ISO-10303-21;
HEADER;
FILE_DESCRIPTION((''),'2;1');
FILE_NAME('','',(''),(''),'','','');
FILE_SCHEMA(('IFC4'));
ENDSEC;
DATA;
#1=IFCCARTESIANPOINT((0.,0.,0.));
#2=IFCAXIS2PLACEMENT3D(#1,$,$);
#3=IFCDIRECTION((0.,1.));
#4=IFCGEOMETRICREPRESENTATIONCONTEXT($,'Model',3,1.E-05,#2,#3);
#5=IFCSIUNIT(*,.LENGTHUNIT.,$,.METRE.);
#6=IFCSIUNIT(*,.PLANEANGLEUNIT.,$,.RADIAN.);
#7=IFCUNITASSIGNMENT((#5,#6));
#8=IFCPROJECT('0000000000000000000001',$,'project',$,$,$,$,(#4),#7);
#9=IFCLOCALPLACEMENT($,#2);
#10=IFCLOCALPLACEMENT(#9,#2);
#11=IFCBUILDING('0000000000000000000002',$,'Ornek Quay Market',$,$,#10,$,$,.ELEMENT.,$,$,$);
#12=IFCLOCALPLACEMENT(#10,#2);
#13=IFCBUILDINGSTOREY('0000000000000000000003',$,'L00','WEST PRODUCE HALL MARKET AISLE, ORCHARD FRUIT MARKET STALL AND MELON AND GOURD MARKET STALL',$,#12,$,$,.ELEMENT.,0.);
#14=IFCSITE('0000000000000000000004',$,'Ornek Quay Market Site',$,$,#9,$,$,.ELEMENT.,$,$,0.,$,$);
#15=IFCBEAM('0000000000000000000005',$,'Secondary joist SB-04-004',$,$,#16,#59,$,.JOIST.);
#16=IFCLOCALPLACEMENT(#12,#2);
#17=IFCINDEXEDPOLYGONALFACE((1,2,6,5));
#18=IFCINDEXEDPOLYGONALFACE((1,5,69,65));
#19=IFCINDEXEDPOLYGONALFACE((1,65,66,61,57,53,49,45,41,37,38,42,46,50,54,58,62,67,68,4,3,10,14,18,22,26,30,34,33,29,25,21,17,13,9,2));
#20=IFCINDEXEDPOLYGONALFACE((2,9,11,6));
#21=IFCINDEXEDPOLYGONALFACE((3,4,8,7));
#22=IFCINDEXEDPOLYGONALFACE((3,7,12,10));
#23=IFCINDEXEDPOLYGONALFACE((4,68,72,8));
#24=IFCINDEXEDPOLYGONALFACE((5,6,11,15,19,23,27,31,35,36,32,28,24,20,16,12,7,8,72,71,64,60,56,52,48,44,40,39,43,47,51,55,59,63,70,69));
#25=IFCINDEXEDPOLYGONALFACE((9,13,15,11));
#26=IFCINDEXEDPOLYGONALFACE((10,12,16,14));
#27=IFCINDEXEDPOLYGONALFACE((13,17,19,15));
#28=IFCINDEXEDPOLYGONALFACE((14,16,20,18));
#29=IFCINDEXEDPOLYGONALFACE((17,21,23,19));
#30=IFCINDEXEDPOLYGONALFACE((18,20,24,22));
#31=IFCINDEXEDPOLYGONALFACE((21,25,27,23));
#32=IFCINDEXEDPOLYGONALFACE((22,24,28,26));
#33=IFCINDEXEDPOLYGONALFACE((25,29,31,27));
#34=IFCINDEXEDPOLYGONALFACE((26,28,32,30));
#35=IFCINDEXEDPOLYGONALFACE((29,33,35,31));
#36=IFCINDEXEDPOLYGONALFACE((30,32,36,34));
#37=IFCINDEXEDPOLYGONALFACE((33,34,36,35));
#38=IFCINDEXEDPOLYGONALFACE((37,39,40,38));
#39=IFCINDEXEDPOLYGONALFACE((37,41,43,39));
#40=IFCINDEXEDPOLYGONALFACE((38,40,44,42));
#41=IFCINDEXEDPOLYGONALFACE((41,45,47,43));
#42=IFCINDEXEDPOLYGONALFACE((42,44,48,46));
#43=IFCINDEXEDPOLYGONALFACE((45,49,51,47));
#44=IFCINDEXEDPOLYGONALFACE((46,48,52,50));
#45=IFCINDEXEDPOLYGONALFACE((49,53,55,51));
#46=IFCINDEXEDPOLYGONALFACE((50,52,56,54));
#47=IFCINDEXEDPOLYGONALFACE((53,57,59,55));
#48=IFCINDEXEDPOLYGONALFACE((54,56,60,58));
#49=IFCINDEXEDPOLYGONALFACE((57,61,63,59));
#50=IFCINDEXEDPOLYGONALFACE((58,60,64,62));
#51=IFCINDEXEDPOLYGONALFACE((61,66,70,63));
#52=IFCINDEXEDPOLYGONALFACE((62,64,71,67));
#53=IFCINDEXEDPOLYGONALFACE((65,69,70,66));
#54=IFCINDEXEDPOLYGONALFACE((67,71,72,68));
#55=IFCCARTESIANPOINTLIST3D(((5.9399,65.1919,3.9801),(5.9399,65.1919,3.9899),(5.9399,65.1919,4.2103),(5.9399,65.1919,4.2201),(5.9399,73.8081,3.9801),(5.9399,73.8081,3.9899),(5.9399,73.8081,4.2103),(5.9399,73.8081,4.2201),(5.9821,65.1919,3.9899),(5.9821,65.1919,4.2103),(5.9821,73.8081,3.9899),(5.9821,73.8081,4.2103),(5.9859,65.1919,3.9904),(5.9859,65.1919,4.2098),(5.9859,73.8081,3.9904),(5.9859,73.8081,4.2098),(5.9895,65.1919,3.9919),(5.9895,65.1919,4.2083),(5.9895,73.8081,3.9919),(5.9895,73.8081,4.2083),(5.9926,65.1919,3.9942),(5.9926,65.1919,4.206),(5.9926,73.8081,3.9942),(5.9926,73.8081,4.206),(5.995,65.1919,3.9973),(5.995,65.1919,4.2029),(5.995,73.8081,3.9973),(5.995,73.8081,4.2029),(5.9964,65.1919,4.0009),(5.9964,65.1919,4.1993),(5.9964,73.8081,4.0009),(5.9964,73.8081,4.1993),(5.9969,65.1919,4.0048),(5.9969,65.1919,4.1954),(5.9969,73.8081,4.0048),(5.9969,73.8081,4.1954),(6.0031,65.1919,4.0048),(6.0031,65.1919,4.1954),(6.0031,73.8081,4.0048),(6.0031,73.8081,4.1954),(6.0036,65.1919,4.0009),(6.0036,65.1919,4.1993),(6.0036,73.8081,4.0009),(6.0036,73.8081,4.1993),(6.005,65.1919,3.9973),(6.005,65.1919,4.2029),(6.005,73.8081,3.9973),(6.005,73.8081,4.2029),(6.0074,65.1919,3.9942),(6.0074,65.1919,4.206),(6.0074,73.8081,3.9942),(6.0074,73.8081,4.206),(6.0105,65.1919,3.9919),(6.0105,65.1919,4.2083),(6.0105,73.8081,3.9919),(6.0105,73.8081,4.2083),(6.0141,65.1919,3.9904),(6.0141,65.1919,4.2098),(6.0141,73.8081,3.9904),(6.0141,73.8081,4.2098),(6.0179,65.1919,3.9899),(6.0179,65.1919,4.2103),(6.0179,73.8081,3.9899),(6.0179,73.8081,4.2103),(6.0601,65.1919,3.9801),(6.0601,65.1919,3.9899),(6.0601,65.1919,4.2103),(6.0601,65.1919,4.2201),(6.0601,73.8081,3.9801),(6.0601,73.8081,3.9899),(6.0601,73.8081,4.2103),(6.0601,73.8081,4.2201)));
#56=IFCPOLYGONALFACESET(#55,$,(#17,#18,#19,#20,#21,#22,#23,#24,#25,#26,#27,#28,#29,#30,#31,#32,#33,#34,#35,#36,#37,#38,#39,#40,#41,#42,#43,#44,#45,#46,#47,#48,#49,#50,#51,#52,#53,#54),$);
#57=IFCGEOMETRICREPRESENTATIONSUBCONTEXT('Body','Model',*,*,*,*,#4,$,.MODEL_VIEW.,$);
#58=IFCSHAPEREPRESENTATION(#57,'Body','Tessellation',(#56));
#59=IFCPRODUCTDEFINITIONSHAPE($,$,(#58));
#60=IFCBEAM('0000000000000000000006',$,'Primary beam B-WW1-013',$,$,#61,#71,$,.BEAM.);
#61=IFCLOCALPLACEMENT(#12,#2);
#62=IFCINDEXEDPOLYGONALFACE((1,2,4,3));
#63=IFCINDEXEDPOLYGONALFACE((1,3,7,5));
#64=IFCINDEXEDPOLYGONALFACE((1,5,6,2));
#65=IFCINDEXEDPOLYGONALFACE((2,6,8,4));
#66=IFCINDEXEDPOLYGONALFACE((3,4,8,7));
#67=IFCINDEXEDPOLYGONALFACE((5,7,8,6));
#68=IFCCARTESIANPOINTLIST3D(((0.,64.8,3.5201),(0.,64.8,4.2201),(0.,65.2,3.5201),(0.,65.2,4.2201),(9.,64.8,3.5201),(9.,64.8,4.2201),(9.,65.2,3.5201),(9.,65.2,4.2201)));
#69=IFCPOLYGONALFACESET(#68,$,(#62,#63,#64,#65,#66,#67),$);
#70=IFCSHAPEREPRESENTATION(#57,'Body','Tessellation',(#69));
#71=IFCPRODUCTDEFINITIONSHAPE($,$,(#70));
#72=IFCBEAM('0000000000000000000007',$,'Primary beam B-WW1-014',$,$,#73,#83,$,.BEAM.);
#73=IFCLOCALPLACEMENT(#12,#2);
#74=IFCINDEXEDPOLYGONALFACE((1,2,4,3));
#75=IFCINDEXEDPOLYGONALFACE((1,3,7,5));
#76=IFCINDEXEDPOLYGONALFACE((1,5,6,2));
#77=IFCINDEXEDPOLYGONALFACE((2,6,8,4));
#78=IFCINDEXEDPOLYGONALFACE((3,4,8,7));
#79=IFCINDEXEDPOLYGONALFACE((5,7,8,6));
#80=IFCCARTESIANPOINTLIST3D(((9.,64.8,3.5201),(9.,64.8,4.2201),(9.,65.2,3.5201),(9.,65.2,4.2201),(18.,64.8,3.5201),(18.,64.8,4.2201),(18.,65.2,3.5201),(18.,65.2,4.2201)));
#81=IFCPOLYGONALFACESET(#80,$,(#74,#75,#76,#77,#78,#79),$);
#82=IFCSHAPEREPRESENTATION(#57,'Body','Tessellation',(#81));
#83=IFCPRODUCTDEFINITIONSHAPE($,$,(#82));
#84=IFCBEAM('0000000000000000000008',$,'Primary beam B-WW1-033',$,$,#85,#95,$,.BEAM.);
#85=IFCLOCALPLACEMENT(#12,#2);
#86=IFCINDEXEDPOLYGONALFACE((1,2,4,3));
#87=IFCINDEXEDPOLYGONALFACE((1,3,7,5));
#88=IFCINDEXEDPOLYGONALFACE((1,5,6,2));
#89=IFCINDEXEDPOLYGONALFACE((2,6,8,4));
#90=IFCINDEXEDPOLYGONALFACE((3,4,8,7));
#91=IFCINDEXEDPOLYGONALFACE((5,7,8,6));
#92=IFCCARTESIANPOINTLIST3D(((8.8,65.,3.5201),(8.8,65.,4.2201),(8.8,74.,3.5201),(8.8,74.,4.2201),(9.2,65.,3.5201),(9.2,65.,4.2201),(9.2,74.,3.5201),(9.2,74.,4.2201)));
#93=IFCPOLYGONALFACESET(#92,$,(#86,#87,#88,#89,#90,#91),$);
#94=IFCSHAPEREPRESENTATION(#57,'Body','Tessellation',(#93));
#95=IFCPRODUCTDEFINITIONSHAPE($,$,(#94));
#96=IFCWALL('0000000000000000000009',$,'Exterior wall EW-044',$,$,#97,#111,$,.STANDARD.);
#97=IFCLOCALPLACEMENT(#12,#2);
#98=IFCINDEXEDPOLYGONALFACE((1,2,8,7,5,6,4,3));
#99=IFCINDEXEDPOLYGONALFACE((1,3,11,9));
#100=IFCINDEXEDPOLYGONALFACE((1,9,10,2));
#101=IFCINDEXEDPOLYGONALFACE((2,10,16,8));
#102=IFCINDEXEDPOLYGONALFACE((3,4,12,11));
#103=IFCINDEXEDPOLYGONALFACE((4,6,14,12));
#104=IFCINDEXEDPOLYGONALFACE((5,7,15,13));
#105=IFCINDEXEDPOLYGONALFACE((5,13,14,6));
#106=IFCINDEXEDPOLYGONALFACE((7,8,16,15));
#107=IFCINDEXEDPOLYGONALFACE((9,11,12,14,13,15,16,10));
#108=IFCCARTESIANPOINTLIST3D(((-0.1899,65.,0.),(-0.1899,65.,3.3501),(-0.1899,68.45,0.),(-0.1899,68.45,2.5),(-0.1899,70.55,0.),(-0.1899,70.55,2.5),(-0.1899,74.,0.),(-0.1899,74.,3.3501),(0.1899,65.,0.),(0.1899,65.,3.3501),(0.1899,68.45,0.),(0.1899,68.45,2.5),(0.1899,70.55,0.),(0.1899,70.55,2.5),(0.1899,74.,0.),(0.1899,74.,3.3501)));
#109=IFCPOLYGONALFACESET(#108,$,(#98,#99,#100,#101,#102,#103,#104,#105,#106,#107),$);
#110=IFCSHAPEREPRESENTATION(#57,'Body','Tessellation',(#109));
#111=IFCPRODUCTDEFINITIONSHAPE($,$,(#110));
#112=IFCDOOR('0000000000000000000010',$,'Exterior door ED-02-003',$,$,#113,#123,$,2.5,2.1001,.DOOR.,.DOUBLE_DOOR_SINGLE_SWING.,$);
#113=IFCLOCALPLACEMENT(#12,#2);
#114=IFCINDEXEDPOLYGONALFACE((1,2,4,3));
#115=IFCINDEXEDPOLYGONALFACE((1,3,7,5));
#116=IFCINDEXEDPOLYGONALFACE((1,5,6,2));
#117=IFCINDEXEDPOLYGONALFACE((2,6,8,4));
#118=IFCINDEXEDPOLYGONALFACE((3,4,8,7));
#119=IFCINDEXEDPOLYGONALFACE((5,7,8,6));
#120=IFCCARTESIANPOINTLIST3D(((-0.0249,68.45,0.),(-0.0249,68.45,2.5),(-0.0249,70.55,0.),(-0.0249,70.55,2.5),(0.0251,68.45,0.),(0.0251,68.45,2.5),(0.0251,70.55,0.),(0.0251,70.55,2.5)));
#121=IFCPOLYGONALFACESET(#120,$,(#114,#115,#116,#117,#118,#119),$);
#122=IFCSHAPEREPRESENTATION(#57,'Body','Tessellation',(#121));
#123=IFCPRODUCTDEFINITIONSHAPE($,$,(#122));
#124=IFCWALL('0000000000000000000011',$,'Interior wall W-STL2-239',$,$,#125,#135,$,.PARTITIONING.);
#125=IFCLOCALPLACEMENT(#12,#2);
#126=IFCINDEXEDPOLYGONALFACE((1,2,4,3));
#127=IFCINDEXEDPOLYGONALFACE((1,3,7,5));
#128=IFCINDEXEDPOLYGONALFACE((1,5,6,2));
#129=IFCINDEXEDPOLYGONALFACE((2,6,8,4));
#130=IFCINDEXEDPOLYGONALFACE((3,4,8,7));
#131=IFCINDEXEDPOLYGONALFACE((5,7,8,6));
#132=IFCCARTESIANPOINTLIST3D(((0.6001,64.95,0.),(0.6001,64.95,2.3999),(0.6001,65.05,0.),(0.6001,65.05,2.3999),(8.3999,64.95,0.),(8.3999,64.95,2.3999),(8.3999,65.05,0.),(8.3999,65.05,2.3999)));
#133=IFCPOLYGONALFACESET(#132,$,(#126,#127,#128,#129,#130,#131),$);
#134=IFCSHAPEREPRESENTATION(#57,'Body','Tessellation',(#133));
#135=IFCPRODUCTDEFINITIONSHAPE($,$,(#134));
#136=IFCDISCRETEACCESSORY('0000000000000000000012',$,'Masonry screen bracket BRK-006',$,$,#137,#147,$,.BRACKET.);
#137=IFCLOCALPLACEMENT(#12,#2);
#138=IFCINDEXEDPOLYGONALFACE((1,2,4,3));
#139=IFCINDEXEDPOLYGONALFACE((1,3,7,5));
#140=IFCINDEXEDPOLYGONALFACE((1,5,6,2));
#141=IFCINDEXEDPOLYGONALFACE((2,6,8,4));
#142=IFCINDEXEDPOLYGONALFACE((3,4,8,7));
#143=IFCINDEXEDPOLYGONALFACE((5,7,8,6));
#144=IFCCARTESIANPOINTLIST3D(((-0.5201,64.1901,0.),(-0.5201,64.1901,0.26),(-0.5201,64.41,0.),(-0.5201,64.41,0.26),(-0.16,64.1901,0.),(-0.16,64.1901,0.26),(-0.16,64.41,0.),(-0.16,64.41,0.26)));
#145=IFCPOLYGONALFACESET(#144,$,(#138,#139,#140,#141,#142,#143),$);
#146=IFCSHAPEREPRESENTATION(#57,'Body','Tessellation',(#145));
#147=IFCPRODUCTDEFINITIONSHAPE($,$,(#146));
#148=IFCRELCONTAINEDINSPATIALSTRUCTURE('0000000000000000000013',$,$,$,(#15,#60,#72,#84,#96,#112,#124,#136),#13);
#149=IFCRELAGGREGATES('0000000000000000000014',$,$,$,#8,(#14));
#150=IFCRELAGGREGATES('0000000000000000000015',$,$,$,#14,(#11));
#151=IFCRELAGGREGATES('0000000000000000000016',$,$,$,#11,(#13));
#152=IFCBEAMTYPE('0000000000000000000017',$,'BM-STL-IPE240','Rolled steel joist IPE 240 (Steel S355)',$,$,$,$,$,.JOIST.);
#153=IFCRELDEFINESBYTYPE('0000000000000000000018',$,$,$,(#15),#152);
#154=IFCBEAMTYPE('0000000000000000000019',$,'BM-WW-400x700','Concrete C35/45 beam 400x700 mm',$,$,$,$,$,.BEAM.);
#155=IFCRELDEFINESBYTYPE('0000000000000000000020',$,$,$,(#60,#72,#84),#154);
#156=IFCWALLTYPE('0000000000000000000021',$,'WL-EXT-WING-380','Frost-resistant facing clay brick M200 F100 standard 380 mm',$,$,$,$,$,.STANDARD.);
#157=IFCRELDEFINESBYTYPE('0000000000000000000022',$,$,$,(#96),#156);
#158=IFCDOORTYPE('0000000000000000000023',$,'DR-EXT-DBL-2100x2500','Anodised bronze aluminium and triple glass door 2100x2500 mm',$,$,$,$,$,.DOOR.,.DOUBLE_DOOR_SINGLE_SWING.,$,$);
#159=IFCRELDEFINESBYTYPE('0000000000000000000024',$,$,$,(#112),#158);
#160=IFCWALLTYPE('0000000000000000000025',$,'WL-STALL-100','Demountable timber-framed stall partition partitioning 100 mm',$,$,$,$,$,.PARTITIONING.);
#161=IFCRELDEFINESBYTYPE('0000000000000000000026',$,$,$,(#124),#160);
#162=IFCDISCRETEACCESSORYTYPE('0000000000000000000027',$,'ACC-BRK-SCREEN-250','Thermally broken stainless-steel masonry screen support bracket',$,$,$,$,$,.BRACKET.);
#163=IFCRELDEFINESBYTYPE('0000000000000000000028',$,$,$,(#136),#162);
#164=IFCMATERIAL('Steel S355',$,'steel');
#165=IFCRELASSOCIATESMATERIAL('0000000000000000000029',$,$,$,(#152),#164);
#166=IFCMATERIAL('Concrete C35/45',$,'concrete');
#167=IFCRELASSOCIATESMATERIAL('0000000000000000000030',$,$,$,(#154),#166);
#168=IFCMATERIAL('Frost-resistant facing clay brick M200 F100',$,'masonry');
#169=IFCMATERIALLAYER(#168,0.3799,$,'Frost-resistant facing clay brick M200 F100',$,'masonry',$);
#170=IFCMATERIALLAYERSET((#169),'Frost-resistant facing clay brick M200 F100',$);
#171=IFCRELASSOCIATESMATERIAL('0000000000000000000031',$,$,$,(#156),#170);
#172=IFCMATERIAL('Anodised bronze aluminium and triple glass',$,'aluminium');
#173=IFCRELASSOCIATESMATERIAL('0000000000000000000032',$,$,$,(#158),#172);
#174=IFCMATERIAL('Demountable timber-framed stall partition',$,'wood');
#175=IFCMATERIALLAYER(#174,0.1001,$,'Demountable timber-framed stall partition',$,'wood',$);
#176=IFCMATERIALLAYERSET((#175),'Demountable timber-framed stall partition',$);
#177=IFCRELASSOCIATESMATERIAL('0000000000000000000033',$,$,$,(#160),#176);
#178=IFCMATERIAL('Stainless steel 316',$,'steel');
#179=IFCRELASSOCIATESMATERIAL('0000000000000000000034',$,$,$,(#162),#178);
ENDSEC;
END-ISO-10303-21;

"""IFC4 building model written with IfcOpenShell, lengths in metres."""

from ifc_helpers import new_model, si_unit, direction, frame, frame_2d, origin, origin_2d, place, context, subcontext, project, spatial, rectangle, i_section, extrude, material, layer, layer_set, material_profile, profile_set, type_object, element, fill, save


model = new_model("IFC4")

# Units and contexts
model_context = context("Model", 3, precision=1e-05, world=origin(), true_north=direction((0.0, 1.0)))
body_context = subcontext(model_context, "Body", "Model", "MODEL_VIEW")
ifc_project = project(units=[si_unit("LENGTHUNIT", "METRE"), si_unit("PLANEANGLEUNIT", "RADIAN")], contexts=[model_context])

# Site, building, storey
site_placement = place(None, origin())
site = spatial("IfcSite", under=ifc_project, at=site_placement, Name="Ornek Quay Market Site", CompositionType="ELEMENT", RefElevation=0.0)
building_placement = place(site_placement, origin())
building = spatial("IfcBuilding", under=site, at=building_placement, Name="Ornek Quay Market", CompositionType="ELEMENT")
storey_placement = place(building_placement, origin())
storey = spatial("IfcBuildingStorey", under=building, at=storey_placement, Name="L00", Description="WEST PRODUCE HALL MARKET AISLE, ORCHARD FRUIT MARKET STALL AND MELON AND GOURD MARKET STALL", CompositionType="ELEMENT", Elevation=0.0)

# Shared definitions
ifc_material_1 = material(Name="Concrete C35/45", Category="concrete")

# Beams
ifc_material_2 = material(Name="Steel S355", Category="steel")
ifc_material_profile_1 = material_profile(ifc_material_2, i_section(OverallWidth=0.1201, OverallDepth=0.24, WebThickness=0.0061, FlangeThickness=0.0098, FilletRadius=0.0149, at=origin_2d()), Name="IPE 240", Category="steel")
ifc_profile_set_1 = profile_set([ifc_material_profile_1], Name="Steel S355")
beam_type_1 = type_object("IfcBeamType", Name="BM-STL-IPE240", Description="Rolled steel joist IPE 240 (Steel S355)", PredefinedType="JOIST", material=ifc_profile_set_1)
for number, where, z_axis, x_axis, name in (
    (1, (6.0, 65.1919, 4.1001), (0.0, 1.0, 0.0), (-1.0, 0.0, 0.0), "Secondary joist SB-04-004"),
):
    element("IfcBeam", number, at=place(storey_placement, frame(where, z_axis=z_axis, x_axis=x_axis)), inside=storey, type_object=beam_type_1, Name=name, PredefinedType="JOIST", context=body_context, shape_type="SweptSolid", body=[
        extrude(i_section(OverallWidth=0.1201, OverallDepth=0.24, WebThickness=0.0061, FlangeThickness=0.0098, FilletRadius=0.0149, at=origin_2d()), origin(), (0.0, 0.0, 1.0), 8.6162),
    ])
ifc_material_profile_2 = material_profile(ifc_material_1, rectangle(XDim=0.3999, YDim=0.7, at=origin_2d()), Name="RC 400x700", Category="concrete")
ifc_profile_set_2 = profile_set([ifc_material_profile_2], Name="Concrete C35/45")
beam_type_2 = type_object("IfcBeamType", Name="BM-WW-400x700", Description="Concrete C35/45 beam 400x700 mm", PredefinedType="BEAM", material=ifc_profile_set_2)
for number, where, z_axis, x_axis, name in (
    (2, (0.0, 65.0, 3.8701), (1.0, 0.0, 0.0), (0.0, 1.0, 0.0), "Primary beam B-WW1-013"),
    (3, (9.0, 65.0, 3.8701), (1.0, 0.0, 0.0), (0.0, 1.0, 0.0), "Primary beam B-WW1-014"),
    (4, (9.0, 65.0, 3.8701), (0.0, 1.0, 0.0), (-1.0, 0.0, 0.0), "Primary beam B-WW1-033"),
):
    element("IfcBeam", number, at=place(storey_placement, frame(where, z_axis=z_axis, x_axis=x_axis)), inside=storey, type_object=beam_type_2, Name=name, PredefinedType="BEAM", context=body_context, shape_type="SweptSolid", body=[
        extrude(rectangle(XDim=0.3999, YDim=0.7, at=origin_2d()), origin(), (0.0, 0.0, 1.0), 9.0),
    ])

# Wall, opening, door
ifc_material_3 = material(Name="Frost-resistant facing clay brick M200 F100", Category="masonry")
ifc_layer_1 = layer(ifc_material_3, 0.3799, Name="Frost-resistant facing clay brick M200 F100", Category="masonry")
ifc_layer_set_1 = layer_set([ifc_layer_1], Name="Frost-resistant facing clay brick M200 F100")
wall_type_1 = type_object("IfcWallType", Name="WL-EXT-WING-380", Description="Frost-resistant facing clay brick M200 F100 standard 380 mm", PredefinedType="STANDARD", material=ifc_layer_set_1)
wall_1_placement = place(storey_placement, frame((0.0, 65.0, 0.0), z_axis=(0.0, 0.0, 1.0), x_axis=(0.0, 1.0, 0.0)))
wall_1 = element("IfcWall", 5, at=wall_1_placement, inside=storey, type_object=wall_type_1, Name="Exterior wall EW-044", PredefinedType="STANDARD", context=body_context, shape_type="SweptSolid", body=[
    extrude(rectangle(XDim=9.0, YDim=0.3799, at=frame_2d((4.5, 0.0))), origin(), (0.0, 0.0, 1.0), 3.3501),
])
opening_placement = place(wall_1_placement, frame((3.45, 0.0, 0.0)))
opening = element("IfcOpeningElement", 6, at=opening_placement, cuts=wall_1, PredefinedType="OPENING", context=body_context, shape_type="SweptSolid", body=[
    extrude(rectangle(XDim=2.1001, YDim=2.5, at=frame_2d((1.05, 1.25))), frame((0.0, 0.2, 0.0), z_axis=(0.0, -1.0, 0.0), x_axis=(1.0, 0.0, 0.0)), (0.0, 0.0, 1.0), 0.3999),
])
ifc_material_4 = material(Name="Anodised bronze aluminium and triple glass", Category="aluminium")
door_type = type_object("IfcDoorType", Name="DR-EXT-DBL-2100x2500", Description="Anodised bronze aluminium and triple glass door 2100x2500 mm", OperationType="DOUBLE_DOOR_SINGLE_SWING", PredefinedType="DOOR", material=ifc_material_4)
door_placement = place(opening_placement, origin())
door = element("IfcDoor", 7, at=door_placement, inside=storey, type_object=door_type, Name="Exterior door ED-02-003", OperationType="DOUBLE_DOOR_SINGLE_SWING", OverallHeight=2.5, OverallWidth=2.1001, PredefinedType="DOOR", context=body_context, shape_type="SweptSolid", body=[
    extrude(rectangle(XDim=2.1001, YDim=2.5, at=frame_2d((1.05, 1.25))), frame((0.0, 0.0249, 0.0), z_axis=(0.0, -1.0, 0.0), x_axis=(1.0, 0.0, 0.0)), (0.0, 0.0, 1.0), 0.05),
])
fill(opening, door)

# Wall
ifc_material_5 = material(Name="Demountable timber-framed stall partition", Category="wood")
ifc_layer_2 = layer(ifc_material_5, 0.1001, Name="Demountable timber-framed stall partition", Category="wood")
ifc_layer_set_2 = layer_set([ifc_layer_2], Name="Demountable timber-framed stall partition")
wall_type_2 = type_object("IfcWallType", Name="WL-STALL-100", Description="Demountable timber-framed stall partition partitioning 100 mm", PredefinedType="PARTITIONING", material=ifc_layer_set_2)
wall_2_placement = place(storey_placement, frame((0.6001, 65.0, 0.0), z_axis=(0.0, 0.0, 1.0), x_axis=(1.0, 0.0, 0.0)))
element("IfcWall", 8, at=wall_2_placement, inside=storey, type_object=wall_type_2, Name="Interior wall W-STL2-239", PredefinedType="PARTITIONING", context=body_context, shape_type="SweptSolid", body=[
    extrude(rectangle(XDim=7.7998, YDim=0.1001, at=frame_2d((3.8999, 0.0))), origin(), (0.0, 0.0, 1.0), 2.3999),
])

# Discrete accessory
ifc_material_6 = material(Name="Stainless steel 316", Category="steel")
discrete_accessory_type = type_object("IfcDiscreteAccessoryType", Name="ACC-BRK-SCREEN-250", Description="Thermally broken stainless-steel masonry screen support bracket", PredefinedType="BRACKET", material=ifc_material_6)
discrete_accessory_placement = place(storey_placement, frame((-0.3401, 64.3, 0.0), z_axis=(0.0, 0.0, 1.0), x_axis=(0.0, 1.0, 0.0)))
element("IfcDiscreteAccessory", 9, at=discrete_accessory_placement, inside=storey, type_object=discrete_accessory_type, Name="Masonry screen bracket BRK-006", PredefinedType="BRACKET", context=body_context, shape_type="SweptSolid", body=[
    extrude(rectangle(XDim=0.22, YDim=0.3601, at=origin_2d()), origin(), (0.0, 0.0, 1.0), 0.26),
])

save(model, "model.ifc")
